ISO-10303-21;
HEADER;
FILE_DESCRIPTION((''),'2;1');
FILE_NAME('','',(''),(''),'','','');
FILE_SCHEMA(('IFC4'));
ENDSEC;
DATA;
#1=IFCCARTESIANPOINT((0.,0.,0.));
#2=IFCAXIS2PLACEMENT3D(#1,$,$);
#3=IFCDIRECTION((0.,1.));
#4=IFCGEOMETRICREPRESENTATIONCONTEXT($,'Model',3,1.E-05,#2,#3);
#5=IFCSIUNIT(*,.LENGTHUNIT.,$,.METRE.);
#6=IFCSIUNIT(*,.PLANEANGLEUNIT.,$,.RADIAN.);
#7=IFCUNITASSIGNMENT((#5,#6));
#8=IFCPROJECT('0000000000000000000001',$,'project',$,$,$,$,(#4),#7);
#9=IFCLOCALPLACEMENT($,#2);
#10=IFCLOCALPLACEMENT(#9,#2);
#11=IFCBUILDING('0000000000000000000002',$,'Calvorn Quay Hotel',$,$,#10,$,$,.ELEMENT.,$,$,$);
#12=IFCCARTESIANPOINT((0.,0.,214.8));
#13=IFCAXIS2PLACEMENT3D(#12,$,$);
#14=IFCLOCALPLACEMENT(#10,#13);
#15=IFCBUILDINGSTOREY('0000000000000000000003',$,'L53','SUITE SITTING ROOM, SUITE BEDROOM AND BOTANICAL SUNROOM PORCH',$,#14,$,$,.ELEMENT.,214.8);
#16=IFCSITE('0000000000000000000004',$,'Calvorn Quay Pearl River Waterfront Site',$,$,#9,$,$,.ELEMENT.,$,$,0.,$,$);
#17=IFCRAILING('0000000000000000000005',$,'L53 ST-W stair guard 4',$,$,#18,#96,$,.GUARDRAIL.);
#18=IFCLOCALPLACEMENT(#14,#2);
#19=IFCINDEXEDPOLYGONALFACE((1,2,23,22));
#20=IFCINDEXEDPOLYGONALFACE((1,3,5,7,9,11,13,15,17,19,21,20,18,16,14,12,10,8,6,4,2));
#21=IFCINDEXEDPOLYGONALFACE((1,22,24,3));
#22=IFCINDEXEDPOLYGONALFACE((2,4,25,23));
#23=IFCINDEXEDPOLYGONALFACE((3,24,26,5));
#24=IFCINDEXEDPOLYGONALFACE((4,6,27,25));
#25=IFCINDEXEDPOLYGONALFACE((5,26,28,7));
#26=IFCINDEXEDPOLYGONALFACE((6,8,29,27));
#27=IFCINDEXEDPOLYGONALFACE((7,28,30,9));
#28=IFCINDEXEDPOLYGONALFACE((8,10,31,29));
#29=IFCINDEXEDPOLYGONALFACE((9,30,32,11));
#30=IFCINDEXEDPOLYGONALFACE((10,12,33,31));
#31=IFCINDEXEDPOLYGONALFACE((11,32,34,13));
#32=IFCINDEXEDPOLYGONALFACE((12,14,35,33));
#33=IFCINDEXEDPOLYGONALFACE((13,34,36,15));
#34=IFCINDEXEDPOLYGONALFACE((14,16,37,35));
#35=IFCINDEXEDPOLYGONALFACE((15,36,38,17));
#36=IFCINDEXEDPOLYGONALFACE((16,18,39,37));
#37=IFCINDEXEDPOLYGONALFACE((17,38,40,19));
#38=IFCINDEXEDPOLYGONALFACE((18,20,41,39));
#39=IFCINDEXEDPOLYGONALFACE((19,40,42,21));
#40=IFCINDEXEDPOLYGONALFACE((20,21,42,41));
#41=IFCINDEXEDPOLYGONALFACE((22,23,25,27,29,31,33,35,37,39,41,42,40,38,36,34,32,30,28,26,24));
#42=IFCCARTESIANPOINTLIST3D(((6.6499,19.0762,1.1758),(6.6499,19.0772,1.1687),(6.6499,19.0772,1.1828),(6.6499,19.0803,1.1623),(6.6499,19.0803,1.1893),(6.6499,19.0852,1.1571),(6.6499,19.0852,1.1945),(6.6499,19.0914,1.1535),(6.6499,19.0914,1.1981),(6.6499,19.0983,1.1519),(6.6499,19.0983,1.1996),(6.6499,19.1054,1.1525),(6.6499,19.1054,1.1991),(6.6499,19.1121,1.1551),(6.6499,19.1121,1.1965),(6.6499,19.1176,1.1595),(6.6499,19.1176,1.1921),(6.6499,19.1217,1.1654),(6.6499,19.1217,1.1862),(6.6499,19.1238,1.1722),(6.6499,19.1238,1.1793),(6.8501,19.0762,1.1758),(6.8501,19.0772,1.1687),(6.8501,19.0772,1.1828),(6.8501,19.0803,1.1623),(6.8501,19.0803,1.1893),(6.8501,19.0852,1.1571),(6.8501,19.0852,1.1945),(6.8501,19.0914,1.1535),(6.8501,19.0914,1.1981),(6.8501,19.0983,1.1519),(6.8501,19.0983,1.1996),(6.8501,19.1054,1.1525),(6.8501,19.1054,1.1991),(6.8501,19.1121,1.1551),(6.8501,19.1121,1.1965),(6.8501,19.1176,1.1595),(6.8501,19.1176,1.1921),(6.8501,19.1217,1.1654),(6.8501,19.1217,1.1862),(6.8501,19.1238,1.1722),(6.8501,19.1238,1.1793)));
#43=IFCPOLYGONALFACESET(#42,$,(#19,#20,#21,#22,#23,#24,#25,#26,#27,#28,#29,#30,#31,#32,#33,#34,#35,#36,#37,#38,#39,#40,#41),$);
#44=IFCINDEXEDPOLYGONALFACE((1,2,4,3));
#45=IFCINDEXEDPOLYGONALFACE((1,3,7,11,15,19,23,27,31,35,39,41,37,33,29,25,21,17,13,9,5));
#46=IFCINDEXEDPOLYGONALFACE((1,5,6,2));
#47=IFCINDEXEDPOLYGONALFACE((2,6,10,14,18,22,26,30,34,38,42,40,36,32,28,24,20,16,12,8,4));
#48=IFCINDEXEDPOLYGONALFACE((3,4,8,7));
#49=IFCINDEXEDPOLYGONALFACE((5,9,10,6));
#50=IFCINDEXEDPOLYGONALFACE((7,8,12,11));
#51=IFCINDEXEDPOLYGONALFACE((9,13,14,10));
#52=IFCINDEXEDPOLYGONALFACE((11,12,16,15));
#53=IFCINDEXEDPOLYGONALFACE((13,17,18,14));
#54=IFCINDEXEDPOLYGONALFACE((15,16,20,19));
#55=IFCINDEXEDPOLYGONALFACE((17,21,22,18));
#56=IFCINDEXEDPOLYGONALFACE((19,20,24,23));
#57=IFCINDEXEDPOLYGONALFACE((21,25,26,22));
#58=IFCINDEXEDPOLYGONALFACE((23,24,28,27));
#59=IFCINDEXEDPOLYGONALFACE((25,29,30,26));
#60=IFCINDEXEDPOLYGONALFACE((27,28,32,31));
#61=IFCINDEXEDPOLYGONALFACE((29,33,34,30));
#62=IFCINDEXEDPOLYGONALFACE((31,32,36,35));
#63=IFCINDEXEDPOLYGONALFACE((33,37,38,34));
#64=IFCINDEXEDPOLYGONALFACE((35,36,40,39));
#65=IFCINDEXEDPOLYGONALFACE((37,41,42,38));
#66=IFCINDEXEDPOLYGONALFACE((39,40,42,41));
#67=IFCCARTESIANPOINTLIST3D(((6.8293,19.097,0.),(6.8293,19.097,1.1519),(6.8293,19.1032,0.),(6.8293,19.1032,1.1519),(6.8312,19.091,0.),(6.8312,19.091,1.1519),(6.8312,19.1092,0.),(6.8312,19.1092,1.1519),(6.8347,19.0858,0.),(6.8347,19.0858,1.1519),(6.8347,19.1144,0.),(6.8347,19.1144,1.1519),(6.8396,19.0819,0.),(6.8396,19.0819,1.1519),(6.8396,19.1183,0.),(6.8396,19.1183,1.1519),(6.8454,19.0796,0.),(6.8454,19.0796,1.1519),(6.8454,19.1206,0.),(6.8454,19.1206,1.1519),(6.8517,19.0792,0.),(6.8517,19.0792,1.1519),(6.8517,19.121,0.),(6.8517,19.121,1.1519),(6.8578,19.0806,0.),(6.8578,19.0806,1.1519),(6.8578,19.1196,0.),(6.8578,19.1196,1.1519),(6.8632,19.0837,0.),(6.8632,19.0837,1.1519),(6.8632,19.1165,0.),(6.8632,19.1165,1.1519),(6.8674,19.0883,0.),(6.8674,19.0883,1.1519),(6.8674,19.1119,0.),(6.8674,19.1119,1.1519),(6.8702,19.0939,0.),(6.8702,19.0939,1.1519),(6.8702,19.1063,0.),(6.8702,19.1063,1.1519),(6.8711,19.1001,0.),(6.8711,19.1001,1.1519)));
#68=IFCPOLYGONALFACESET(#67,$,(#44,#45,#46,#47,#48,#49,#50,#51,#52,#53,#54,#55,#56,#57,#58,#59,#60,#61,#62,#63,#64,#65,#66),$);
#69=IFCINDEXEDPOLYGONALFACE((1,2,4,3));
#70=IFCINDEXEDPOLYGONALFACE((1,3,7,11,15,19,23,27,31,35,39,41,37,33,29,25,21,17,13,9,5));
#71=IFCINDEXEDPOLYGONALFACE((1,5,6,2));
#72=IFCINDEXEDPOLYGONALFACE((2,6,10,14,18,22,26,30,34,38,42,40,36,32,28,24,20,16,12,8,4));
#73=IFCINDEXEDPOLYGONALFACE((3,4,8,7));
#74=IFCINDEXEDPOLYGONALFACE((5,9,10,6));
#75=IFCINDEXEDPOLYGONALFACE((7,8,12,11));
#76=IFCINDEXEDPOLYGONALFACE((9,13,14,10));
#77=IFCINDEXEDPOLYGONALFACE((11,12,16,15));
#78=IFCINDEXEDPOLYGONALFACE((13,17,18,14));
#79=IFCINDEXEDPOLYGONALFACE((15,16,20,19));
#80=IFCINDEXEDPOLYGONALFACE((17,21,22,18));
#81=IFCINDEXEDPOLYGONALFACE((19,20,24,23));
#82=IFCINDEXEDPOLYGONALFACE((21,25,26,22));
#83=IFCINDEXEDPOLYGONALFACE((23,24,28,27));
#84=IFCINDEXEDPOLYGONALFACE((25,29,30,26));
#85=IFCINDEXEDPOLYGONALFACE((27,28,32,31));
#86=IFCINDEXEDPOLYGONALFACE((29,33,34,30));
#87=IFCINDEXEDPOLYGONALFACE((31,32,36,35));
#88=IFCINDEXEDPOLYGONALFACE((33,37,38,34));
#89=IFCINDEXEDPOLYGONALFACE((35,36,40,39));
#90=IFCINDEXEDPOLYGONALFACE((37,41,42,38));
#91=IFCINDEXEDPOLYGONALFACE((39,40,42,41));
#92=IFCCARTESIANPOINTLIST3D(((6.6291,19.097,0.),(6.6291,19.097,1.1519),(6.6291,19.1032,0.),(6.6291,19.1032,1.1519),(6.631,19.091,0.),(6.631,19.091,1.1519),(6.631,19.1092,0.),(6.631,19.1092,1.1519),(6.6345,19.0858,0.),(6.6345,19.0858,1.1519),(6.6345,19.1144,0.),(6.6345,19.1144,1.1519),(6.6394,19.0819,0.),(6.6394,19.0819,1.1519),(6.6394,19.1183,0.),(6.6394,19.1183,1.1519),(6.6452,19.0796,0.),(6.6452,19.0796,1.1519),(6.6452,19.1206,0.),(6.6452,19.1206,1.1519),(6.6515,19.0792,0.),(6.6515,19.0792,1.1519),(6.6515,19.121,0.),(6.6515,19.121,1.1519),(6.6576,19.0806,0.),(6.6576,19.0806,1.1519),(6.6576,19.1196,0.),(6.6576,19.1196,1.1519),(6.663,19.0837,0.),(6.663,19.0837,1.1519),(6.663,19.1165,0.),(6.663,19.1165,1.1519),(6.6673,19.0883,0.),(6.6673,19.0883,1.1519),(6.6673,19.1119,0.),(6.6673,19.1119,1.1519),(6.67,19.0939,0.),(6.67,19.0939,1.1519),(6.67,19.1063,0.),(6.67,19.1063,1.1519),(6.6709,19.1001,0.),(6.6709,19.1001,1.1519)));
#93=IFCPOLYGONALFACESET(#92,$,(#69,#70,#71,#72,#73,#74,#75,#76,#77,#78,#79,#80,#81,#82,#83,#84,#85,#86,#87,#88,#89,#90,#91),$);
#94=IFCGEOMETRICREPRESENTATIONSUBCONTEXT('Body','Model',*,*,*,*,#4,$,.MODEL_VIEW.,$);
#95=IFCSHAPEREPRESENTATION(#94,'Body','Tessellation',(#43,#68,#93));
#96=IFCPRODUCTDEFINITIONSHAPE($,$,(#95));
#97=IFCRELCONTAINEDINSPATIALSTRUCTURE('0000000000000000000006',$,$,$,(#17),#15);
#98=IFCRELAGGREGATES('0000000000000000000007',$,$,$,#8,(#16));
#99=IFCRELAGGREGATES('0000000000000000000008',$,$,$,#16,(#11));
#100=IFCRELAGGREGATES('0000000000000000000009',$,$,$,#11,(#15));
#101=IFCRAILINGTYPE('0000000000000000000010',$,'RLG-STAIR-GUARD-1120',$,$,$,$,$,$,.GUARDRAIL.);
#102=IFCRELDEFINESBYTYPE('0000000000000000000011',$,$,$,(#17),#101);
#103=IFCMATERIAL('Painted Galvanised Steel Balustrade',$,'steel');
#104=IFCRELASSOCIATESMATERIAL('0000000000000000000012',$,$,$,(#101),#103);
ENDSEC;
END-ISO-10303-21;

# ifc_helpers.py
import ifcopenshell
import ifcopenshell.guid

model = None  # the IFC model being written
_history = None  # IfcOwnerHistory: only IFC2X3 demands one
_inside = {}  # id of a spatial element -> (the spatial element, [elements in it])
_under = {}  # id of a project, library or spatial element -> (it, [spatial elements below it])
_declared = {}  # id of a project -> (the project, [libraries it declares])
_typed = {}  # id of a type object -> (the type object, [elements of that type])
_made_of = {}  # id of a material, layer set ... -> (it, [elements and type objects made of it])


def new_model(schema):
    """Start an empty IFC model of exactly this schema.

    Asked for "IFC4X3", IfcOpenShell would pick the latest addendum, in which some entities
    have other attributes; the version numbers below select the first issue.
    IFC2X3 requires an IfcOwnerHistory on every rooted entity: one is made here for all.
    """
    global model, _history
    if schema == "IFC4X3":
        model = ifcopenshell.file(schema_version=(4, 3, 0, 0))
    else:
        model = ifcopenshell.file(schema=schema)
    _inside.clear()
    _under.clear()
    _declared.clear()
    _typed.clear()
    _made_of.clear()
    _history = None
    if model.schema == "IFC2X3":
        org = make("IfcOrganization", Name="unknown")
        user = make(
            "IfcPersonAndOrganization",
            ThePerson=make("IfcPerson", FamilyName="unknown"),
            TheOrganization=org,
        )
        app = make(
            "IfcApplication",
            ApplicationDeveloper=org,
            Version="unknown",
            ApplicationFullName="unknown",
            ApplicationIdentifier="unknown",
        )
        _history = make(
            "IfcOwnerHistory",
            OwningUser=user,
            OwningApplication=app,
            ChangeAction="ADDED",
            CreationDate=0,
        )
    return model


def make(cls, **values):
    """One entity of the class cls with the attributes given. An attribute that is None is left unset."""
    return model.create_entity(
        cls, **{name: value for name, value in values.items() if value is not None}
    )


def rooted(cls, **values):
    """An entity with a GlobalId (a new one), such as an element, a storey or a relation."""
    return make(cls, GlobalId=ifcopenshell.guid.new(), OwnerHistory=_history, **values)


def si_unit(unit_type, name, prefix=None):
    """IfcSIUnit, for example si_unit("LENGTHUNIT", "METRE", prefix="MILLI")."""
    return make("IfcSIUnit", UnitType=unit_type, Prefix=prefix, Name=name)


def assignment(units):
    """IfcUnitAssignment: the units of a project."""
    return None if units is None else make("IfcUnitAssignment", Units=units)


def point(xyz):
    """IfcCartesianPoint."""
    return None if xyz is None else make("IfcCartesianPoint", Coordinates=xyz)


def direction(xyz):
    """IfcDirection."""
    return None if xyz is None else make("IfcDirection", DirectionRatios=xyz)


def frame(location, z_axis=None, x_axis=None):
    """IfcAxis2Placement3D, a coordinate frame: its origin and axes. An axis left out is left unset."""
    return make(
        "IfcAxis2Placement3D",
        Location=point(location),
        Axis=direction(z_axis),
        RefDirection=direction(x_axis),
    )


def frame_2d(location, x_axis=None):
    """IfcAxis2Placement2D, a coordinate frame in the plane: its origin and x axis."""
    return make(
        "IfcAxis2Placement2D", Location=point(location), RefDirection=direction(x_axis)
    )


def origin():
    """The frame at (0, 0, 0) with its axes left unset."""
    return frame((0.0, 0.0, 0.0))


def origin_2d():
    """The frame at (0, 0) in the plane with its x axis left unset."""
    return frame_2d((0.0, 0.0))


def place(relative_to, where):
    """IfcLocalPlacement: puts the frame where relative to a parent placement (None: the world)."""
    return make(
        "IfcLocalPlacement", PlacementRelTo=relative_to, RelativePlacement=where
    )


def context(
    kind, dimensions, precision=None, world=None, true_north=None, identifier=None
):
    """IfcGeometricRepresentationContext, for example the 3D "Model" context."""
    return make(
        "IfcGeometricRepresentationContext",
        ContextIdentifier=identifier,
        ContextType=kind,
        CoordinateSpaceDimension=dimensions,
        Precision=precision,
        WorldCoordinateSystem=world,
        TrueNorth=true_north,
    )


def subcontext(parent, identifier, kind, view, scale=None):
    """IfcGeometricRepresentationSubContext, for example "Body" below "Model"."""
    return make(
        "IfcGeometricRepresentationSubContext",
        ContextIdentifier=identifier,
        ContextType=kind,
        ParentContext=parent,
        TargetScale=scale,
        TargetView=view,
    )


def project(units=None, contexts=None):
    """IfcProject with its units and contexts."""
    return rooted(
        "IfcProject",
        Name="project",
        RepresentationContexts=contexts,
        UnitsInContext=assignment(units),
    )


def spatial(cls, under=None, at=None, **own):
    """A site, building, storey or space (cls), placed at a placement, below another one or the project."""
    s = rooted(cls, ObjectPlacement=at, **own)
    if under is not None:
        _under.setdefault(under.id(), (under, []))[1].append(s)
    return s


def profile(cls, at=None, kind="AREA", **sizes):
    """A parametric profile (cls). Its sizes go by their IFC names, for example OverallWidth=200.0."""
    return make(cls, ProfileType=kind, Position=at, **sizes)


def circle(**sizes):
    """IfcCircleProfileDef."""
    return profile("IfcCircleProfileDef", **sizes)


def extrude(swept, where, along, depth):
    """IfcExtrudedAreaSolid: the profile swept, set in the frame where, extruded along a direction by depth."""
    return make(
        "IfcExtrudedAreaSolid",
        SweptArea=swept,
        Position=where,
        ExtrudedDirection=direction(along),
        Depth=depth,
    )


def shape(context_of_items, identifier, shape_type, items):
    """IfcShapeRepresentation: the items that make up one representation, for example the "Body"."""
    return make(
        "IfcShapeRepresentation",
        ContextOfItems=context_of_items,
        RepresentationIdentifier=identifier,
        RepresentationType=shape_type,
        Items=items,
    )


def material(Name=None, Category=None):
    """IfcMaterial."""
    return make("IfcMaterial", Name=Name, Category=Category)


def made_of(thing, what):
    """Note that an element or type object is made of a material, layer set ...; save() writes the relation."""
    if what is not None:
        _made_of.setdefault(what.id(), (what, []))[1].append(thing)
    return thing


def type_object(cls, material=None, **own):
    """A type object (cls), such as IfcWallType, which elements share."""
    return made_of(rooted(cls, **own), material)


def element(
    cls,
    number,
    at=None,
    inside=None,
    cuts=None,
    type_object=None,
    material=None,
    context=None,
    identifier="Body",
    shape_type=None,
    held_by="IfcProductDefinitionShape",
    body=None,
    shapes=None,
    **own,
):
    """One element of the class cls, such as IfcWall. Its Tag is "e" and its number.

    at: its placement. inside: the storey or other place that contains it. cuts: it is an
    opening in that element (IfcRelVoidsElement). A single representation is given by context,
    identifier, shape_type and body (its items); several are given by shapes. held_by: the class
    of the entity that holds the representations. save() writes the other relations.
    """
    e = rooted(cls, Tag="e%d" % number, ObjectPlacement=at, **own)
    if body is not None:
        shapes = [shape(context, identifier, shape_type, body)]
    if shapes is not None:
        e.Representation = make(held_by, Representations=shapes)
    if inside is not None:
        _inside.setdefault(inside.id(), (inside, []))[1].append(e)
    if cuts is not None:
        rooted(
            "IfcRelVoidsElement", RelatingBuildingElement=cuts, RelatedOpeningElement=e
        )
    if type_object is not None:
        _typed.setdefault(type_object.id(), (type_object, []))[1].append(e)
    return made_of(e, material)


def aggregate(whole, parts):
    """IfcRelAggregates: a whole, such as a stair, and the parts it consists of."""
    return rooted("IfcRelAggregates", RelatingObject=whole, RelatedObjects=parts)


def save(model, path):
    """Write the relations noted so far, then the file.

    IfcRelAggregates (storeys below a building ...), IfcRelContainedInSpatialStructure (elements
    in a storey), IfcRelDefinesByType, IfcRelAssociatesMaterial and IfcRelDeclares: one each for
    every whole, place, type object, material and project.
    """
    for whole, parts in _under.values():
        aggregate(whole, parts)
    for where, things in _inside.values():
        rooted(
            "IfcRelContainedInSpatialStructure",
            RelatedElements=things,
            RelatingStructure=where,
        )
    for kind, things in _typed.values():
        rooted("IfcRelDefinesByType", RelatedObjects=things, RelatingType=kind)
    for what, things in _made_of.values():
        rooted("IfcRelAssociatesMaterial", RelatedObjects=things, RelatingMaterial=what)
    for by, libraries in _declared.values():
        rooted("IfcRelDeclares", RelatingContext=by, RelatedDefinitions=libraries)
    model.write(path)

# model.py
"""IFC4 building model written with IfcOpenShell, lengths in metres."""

from ifc_helpers import new_model, si_unit, direction, frame, origin, origin_2d, place, context, subcontext, project, spatial, circle, extrude, material, type_object, element, save


model = new_model("IFC4")

# Units and contexts
model_context = context("Model", 3, precision=1e-05, world=origin(), true_north=direction((0.0, 1.0)))
body_context = subcontext(model_context, "Body", "Model", "MODEL_VIEW")
ifc_project = project(units=[si_unit("LENGTHUNIT", "METRE"), si_unit("PLANEANGLEUNIT", "RADIAN")], contexts=[model_context])

# Site, building, storey
site_placement = place(None, origin())
site = spatial("IfcSite", under=ifc_project, at=site_placement, Name="Calvorn Quay Pearl River Waterfront Site", CompositionType="ELEMENT", RefElevation=0.0)
building_placement = place(site_placement, origin())
building = spatial("IfcBuilding", under=site, at=building_placement, Name="Calvorn Quay Hotel", CompositionType="ELEMENT")
storey_placement = place(building_placement, frame((0.0, 0.0, 214.8)))
storey = spatial("IfcBuildingStorey", under=building, at=storey_placement, Name="L53", Description="SUITE SITTING ROOM, SUITE BEDROOM AND BOTANICAL SUNROOM PORCH", CompositionType="ELEMENT", Elevation=214.8)

# Railing
ifc_material_1 = material(Name="Painted Galvanised Steel Balustrade", Category="steel")
railing_type_1 = type_object("IfcRailingType", Name="RLG-STAIR-GUARD-1120", PredefinedType="GUARDRAIL", material=ifc_material_1)
railing_1_placement = place(storey_placement, frame((6.8501, 19.1001, 0.0)))
element("IfcRailing", 1, at=railing_1_placement, inside=storey, type_object=railing_type_1, Name="L53 ST-W stair guard 4", PredefinedType="GUARDRAIL", context=body_context, shape_type="SweptSolid", body=[
    extrude(circle(Radius=0.0239, at=origin_2d()), frame((0.0, 0.0, 1.1758), z_axis=(-1.0, 0.0, 0.0), x_axis=(0.0, -1.0, 0.0)), (0.0, 0.0, 1.0), 0.2002),
    extrude(circle(Radius=0.021, at=origin_2d()), origin(), (0.0, 0.0, 1.0), 1.1519),
    extrude(circle(Radius=0.021, at=origin_2d()), frame((-0.2002, 0.0, 0.0)), (0.0, 0.0, 1.0), 1.1519),
])

save(model, "model.ifc")
